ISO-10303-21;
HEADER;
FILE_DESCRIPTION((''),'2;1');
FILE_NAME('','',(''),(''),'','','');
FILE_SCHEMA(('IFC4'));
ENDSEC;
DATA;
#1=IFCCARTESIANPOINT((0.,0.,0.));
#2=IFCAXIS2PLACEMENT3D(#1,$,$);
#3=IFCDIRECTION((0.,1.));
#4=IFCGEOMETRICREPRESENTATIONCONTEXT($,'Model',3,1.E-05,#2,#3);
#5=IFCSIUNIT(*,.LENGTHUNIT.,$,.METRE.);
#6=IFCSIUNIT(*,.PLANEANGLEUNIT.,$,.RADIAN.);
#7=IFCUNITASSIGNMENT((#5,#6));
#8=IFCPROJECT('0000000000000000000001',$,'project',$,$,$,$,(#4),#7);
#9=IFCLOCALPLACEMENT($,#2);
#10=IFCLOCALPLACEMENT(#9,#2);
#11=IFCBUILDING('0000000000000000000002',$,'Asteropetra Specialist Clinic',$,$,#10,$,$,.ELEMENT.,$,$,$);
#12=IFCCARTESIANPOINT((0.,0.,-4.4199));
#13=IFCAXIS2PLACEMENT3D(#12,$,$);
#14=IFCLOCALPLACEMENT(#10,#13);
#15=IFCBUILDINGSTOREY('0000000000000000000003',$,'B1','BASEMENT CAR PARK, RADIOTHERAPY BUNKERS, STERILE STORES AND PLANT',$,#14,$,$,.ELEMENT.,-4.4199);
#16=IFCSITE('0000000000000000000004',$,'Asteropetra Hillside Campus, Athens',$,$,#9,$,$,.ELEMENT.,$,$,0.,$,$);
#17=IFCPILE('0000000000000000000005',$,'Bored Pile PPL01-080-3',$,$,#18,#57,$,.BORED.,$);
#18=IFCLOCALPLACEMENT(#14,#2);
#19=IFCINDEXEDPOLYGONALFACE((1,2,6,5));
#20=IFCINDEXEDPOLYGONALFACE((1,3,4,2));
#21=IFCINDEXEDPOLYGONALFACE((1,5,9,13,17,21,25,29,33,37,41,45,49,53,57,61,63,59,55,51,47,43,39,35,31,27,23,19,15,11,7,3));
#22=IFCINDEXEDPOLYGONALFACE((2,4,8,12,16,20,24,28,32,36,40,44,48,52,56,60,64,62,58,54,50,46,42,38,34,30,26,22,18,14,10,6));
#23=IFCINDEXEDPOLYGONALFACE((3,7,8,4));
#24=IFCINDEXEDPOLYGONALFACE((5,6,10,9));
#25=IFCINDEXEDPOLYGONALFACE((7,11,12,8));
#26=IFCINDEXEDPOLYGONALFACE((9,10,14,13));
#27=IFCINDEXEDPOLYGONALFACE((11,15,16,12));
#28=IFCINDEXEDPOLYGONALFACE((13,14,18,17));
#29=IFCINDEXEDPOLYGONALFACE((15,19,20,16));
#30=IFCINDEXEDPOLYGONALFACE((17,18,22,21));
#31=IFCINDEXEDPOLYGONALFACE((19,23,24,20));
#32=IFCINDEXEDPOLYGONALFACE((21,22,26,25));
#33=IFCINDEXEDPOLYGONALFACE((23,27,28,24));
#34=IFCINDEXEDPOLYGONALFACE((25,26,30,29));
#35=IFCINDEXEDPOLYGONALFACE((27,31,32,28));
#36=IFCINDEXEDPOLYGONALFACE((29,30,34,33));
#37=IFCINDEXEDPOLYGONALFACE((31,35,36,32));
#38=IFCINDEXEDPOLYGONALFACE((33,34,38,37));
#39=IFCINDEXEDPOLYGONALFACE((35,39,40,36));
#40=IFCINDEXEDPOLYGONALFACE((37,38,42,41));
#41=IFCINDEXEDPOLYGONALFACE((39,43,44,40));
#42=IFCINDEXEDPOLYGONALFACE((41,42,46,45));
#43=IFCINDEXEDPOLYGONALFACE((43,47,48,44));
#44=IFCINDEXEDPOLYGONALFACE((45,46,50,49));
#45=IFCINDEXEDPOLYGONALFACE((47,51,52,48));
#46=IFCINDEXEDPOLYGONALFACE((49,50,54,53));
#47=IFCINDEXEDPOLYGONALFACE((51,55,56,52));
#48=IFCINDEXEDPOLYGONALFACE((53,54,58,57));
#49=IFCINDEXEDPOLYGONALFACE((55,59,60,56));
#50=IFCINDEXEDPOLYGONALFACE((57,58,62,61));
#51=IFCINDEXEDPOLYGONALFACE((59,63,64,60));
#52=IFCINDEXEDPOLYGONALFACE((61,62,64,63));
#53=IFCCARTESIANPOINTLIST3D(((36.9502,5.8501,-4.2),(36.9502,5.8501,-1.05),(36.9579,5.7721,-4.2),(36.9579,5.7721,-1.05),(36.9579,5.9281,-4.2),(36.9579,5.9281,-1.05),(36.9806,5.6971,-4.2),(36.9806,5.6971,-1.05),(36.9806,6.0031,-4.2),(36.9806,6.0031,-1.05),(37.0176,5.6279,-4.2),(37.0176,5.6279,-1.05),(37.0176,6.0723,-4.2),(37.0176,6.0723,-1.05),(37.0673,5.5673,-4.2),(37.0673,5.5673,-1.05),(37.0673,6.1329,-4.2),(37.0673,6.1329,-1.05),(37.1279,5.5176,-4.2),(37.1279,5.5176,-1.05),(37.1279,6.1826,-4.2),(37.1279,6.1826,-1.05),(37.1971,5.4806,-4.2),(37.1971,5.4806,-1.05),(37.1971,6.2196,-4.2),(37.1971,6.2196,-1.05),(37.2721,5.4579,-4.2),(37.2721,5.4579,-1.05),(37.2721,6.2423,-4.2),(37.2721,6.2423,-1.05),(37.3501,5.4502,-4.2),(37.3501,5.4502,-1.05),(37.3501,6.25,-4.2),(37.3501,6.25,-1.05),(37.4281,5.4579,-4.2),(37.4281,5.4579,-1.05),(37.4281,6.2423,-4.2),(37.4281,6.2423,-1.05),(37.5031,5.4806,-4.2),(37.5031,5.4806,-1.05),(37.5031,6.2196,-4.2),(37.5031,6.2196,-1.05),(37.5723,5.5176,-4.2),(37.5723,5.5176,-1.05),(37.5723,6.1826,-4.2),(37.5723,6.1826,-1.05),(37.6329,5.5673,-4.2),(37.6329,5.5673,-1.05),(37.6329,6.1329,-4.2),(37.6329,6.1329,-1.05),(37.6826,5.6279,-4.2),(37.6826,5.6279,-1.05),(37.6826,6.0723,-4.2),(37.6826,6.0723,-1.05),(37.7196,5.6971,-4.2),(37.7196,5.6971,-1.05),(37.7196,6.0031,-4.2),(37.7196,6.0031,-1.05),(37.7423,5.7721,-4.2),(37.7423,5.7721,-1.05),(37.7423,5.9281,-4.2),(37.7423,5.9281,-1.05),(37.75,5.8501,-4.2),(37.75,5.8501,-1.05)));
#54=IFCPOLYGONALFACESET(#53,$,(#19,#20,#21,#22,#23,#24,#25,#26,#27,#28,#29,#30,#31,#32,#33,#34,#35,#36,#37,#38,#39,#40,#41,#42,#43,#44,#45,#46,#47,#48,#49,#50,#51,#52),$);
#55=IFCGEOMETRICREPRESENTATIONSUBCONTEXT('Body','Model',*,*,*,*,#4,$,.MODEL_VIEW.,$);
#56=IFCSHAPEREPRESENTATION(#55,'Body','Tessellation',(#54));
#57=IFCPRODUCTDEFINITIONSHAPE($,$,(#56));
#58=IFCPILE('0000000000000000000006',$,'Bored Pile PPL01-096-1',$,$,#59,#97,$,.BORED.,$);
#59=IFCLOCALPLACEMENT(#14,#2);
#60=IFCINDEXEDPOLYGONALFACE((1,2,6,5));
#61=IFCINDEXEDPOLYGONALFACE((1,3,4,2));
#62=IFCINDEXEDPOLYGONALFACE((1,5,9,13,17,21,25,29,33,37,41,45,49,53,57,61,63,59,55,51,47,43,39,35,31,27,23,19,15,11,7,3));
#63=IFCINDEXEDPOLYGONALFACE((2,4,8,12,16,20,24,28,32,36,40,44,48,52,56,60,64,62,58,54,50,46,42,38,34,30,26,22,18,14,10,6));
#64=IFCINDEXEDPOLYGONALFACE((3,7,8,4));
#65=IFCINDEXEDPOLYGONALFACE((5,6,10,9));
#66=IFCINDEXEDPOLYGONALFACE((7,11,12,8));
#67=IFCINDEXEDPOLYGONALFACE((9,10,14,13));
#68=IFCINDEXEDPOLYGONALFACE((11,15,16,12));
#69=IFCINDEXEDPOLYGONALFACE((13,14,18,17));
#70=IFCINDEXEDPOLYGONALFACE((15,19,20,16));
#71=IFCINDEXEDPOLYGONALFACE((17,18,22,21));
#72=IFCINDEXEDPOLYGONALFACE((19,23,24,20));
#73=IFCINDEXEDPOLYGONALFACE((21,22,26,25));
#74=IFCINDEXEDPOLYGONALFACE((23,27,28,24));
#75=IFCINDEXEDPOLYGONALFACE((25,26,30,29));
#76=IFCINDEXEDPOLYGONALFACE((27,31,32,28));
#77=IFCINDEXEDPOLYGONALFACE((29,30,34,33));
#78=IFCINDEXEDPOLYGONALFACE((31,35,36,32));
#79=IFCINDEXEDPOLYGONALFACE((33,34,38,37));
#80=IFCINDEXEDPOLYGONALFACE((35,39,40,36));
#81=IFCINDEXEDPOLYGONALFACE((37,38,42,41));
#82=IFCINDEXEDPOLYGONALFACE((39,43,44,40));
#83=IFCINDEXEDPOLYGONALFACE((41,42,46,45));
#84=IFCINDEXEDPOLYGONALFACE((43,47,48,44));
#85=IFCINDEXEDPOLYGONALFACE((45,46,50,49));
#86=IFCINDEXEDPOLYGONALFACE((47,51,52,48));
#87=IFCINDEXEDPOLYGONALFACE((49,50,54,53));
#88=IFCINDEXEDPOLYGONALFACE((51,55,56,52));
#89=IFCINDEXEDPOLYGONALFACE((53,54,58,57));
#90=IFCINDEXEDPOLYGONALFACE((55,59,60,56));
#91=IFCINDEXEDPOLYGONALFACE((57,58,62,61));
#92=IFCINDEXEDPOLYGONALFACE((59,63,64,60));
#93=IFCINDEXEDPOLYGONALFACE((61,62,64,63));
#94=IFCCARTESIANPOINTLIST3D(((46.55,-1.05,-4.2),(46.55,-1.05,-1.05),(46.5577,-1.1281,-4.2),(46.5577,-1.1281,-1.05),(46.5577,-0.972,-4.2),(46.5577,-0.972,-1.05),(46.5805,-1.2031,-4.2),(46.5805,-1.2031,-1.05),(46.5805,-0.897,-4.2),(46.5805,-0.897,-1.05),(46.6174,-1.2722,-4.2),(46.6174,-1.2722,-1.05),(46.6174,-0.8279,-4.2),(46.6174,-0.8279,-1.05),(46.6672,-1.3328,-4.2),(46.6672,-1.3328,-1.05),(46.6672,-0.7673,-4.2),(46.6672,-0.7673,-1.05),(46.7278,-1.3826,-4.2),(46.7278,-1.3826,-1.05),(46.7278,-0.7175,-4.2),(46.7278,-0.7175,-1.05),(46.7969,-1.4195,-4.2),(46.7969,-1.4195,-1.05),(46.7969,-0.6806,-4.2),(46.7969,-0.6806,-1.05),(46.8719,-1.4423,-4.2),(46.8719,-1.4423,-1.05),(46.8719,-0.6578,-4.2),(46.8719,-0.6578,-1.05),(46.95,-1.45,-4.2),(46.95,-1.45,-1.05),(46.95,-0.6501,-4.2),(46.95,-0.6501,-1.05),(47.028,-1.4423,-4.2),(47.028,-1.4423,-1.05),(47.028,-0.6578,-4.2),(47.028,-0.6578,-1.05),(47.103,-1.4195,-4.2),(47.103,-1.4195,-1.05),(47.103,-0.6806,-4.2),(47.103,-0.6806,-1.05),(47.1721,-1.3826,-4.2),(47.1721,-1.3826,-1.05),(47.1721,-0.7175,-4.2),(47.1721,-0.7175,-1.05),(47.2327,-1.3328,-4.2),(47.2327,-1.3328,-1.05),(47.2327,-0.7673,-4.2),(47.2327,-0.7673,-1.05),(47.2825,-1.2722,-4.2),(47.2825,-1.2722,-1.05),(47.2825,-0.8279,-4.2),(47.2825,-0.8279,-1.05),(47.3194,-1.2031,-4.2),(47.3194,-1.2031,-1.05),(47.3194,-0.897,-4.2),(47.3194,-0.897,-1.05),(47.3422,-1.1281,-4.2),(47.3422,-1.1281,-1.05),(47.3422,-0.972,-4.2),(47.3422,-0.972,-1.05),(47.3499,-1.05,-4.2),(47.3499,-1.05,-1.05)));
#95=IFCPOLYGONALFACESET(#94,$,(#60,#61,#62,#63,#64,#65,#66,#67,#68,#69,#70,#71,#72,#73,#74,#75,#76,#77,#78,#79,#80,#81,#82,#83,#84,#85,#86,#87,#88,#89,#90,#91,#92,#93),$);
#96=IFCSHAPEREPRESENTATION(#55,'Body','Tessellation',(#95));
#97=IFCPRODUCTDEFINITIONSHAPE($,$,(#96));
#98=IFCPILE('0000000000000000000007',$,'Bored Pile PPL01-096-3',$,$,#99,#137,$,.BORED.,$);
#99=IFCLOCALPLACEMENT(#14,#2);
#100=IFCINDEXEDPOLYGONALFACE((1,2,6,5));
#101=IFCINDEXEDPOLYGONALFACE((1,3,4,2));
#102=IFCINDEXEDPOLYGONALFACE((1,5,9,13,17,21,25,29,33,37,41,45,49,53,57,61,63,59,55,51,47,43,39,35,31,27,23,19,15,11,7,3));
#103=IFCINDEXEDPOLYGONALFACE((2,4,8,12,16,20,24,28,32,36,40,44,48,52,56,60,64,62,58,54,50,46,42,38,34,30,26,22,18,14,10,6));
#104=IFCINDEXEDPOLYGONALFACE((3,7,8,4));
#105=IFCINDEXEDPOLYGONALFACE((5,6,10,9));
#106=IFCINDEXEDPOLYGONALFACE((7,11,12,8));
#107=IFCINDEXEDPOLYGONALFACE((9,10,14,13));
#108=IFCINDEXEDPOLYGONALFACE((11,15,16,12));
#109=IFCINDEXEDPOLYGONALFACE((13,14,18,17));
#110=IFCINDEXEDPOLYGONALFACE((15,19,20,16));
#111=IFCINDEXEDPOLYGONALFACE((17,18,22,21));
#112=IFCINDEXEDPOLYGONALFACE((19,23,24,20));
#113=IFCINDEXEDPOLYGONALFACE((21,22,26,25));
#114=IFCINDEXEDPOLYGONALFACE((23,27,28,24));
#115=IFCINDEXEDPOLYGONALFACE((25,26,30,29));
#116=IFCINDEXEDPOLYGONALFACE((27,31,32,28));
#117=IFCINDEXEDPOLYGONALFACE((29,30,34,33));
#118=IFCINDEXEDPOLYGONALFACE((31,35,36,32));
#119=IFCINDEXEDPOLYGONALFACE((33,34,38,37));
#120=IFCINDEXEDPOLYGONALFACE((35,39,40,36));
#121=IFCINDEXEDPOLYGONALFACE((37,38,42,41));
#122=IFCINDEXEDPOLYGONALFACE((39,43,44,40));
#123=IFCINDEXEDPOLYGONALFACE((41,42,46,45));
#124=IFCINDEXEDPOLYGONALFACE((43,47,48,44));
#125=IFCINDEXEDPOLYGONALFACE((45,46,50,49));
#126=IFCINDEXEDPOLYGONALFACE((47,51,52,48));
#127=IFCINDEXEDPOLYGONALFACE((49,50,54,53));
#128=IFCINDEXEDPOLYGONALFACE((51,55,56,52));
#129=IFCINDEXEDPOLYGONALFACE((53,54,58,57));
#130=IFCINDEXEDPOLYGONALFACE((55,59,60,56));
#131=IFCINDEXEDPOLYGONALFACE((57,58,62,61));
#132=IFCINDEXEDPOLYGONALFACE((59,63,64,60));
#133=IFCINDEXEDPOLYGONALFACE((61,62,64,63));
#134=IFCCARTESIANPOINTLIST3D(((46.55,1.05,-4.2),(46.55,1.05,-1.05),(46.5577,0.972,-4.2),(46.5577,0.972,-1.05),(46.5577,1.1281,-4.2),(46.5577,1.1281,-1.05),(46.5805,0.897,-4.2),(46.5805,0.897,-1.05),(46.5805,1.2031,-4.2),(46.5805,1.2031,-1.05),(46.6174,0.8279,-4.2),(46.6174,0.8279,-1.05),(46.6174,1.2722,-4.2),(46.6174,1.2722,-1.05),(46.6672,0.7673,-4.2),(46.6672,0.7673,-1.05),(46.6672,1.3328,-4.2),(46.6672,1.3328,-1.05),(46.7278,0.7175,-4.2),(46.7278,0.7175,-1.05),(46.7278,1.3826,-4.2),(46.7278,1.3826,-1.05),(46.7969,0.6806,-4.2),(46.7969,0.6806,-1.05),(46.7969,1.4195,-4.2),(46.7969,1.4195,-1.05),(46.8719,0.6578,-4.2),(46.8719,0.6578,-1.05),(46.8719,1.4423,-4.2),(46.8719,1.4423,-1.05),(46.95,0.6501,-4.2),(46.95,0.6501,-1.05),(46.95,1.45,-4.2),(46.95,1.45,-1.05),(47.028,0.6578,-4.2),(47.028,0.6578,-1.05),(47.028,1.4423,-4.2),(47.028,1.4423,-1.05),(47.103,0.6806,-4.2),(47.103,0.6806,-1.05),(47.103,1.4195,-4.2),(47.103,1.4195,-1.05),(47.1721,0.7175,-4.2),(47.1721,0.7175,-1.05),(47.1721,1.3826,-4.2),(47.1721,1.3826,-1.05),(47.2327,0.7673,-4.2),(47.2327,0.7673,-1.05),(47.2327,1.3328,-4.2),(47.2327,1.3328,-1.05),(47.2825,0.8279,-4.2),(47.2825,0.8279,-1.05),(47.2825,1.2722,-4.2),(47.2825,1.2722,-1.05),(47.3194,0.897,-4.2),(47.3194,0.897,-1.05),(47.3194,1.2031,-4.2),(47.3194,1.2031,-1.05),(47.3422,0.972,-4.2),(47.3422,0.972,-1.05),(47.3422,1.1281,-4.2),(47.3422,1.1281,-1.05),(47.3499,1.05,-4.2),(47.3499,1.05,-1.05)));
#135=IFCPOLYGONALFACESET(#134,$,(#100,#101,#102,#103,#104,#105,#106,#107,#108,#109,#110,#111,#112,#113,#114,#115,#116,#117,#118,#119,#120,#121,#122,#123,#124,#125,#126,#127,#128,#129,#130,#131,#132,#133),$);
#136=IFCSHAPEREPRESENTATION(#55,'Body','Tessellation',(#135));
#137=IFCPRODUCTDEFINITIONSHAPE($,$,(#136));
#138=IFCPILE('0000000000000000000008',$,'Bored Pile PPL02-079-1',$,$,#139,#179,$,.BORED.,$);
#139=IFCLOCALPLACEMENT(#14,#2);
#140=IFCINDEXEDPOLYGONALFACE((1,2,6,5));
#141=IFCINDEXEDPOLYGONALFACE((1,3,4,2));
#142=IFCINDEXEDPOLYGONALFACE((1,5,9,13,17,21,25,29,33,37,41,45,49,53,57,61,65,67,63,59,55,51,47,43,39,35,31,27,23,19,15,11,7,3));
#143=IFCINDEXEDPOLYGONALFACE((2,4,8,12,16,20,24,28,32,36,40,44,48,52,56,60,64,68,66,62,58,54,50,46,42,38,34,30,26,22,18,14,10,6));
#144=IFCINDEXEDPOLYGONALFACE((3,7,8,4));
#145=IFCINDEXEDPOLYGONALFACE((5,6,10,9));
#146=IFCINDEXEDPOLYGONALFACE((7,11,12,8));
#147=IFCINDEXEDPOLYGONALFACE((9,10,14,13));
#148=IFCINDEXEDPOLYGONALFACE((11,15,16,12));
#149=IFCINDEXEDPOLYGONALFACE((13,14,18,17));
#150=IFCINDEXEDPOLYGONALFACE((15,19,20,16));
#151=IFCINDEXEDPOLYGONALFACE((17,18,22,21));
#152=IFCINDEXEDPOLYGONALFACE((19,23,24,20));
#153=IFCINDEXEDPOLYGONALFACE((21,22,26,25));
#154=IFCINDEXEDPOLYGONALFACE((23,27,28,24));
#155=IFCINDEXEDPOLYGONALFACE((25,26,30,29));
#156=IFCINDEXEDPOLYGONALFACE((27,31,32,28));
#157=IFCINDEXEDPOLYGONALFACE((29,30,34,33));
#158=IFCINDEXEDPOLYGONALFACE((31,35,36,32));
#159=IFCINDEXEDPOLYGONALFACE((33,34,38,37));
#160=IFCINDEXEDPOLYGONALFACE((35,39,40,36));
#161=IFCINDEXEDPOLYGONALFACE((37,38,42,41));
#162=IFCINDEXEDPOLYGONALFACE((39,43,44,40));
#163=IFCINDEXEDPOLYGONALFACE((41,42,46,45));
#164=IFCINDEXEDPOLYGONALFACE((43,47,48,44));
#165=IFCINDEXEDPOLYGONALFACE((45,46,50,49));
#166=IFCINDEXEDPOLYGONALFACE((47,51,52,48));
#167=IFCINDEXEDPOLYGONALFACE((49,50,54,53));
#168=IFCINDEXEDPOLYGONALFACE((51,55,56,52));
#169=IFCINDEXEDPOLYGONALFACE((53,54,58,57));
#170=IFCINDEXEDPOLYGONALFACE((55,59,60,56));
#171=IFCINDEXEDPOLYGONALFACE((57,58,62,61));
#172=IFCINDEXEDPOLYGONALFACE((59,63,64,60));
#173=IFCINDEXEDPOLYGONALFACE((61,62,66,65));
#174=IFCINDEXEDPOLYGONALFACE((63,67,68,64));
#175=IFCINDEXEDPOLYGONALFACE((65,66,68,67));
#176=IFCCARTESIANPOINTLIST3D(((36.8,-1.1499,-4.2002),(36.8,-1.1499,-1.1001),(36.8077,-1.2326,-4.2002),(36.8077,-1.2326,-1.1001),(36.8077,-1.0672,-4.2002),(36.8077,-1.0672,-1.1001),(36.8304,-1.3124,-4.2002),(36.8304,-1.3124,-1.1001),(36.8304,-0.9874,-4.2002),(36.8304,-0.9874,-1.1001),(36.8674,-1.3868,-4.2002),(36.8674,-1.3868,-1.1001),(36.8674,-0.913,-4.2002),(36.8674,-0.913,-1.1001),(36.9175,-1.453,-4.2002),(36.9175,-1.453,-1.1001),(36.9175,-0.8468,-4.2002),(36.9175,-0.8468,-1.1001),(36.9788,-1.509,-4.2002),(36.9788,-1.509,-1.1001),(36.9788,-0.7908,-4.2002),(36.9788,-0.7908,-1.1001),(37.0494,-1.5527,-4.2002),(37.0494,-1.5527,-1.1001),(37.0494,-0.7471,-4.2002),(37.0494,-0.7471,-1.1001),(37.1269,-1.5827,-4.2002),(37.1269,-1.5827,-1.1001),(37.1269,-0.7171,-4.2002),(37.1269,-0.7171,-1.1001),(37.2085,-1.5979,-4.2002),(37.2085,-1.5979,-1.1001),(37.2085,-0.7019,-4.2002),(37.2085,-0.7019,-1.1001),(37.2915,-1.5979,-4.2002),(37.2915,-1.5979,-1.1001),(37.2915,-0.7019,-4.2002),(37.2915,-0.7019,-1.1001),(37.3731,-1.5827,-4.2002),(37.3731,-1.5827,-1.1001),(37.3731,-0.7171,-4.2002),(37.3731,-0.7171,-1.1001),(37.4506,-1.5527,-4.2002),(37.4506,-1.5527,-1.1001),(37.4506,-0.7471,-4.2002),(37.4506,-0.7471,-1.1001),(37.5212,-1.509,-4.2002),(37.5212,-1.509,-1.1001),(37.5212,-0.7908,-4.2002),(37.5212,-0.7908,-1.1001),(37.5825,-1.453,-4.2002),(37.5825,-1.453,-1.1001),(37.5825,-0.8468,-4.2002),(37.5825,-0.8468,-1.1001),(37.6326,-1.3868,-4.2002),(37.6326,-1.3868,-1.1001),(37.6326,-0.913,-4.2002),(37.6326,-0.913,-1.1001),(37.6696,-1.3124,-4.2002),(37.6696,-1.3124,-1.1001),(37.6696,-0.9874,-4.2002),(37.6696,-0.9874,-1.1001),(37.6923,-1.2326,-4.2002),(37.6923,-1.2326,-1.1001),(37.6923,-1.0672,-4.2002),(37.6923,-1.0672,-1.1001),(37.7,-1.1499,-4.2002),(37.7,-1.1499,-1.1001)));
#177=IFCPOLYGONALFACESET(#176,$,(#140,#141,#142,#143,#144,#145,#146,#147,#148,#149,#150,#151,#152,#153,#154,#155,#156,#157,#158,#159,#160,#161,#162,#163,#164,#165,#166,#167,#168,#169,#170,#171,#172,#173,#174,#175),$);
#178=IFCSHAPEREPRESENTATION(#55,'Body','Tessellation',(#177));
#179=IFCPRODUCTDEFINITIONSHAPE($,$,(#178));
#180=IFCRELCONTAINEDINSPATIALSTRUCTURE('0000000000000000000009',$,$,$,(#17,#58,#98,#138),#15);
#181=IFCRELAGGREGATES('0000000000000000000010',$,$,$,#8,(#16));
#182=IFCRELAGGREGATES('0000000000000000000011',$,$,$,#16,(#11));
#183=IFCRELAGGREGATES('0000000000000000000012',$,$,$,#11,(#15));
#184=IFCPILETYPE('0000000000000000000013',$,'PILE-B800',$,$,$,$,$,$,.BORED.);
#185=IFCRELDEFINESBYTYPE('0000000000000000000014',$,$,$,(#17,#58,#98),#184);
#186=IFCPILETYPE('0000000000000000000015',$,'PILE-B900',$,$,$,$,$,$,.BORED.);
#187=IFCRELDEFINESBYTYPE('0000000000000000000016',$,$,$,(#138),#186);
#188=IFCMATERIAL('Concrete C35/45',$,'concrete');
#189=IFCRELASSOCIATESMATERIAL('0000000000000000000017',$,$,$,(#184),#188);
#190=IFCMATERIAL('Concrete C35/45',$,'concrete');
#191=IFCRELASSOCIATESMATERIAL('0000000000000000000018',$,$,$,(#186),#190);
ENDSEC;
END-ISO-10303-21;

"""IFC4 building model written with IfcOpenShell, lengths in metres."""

from ifc_helpers import new_model, si_unit, direction, frame, origin, origin_2d, place, context, subcontext, project, spatial, circle, extrude, material, material_profile, profile_set, type_object, element, save


model = new_model("IFC4")

# Units and contexts
model_context = context("Model", 3, precision=1e-05, world=origin(), true_north=direction((0.0, 1.0)))
body_context = subcontext(model_context, "Body", "Model", "MODEL_VIEW")
ifc_project = project(units=[si_unit("LENGTHUNIT", "METRE"), si_unit("PLANEANGLEUNIT", "RADIAN")], contexts=[model_context])

# Site, building, storey
site_placement = place(None, origin())
site = spatial("IfcSite", under=ifc_project, at=site_placement, Name="Asteropetra Hillside Campus, Athens", CompositionType="ELEMENT", RefElevation=0.0)
building_placement = place(site_placement, origin())
building = spatial("IfcBuilding", under=site, at=building_placement, Name="Asteropetra Specialist Clinic", CompositionType="ELEMENT")
storey_placement = place(building_placement, frame((0.0, 0.0, -4.4199)))
storey = spatial("IfcBuildingStorey", under=building, at=storey_placement, Name="B1", Description="BASEMENT CAR PARK, RADIOTHERAPY BUNKERS, STERILE STORES AND PLANT", CompositionType="ELEMENT", Elevation=-4.4199)

# Piles
ifc_material_1 = material(Name="Concrete C35/45", Category="concrete")
ifc_material_profile_1 = material_profile(ifc_material_1, circle(Radius=0.3999, at=origin_2d()), Name="PILE D800")
ifc_profile_set_1 = profile_set([ifc_material_profile_1], Name="Concrete C35/45")
pile_type_1 = type_object("IfcPileType", Name="PILE-B800", PredefinedType="BORED", material=ifc_profile_set_1)
for number, where, z_axis, x_axis, name in (
    (1, (37.3501, 5.8501, -1.05), (0.0, 0.0, -1.0), (1.0, 0.0, 0.0), "Bored Pile PPL01-080-3"),
    (2, (46.95, -1.05, -1.05), (0.0, 0.0, -1.0), (1.0, 0.0, 0.0), "Bored Pile PPL01-096-1"),
    (3, (46.95, 1.05, -1.05), (0.0, 0.0, -1.0), (1.0, 0.0, 0.0), "Bored Pile PPL01-096-3"),
):
    element("IfcPile", number, at=place(storey_placement, frame(where, z_axis=z_axis, x_axis=x_axis)), inside=storey, type_object=pile_type_1, Name=name, PredefinedType="BORED", context=body_context, shape_type="SweptSolid", body=[
        extrude(circle(Radius=0.3999, at=origin_2d()), origin(), (0.0, 0.0, 1.0), 3.1499),
    ])
ifc_material_2 = material(Name="Concrete C35/45", Category="concrete")
ifc_material_profile_2 = material_profile(ifc_material_2, circle(Radius=0.45, at=origin_2d()), Name="PILE D900")
ifc_profile_set_2 = profile_set([ifc_material_profile_2], Name="Concrete C35/45")
pile_type_2 = type_object("IfcPileType", Name="PILE-B900", PredefinedType="BORED", material=ifc_profile_set_2)
for number, where, z_axis, x_axis, name in (
    (4, (37.25, -1.1499, -1.1001), (0.0, 0.0, -1.0), (1.0, 0.0, 0.0), "Bored Pile PPL02-079-1"),
):
    element("IfcPile", number, at=place(storey_placement, frame(where, z_axis=z_axis, x_axis=x_axis)), inside=storey, type_object=pile_type_2, Name=name, PredefinedType="BORED", context=body_context, shape_type="SweptSolid", body=[
        extrude(circle(Radius=0.45, at=origin_2d()), origin(), (0.0, 0.0, 1.0), 3.1001),
    ])

save(model, "model.ifc")
